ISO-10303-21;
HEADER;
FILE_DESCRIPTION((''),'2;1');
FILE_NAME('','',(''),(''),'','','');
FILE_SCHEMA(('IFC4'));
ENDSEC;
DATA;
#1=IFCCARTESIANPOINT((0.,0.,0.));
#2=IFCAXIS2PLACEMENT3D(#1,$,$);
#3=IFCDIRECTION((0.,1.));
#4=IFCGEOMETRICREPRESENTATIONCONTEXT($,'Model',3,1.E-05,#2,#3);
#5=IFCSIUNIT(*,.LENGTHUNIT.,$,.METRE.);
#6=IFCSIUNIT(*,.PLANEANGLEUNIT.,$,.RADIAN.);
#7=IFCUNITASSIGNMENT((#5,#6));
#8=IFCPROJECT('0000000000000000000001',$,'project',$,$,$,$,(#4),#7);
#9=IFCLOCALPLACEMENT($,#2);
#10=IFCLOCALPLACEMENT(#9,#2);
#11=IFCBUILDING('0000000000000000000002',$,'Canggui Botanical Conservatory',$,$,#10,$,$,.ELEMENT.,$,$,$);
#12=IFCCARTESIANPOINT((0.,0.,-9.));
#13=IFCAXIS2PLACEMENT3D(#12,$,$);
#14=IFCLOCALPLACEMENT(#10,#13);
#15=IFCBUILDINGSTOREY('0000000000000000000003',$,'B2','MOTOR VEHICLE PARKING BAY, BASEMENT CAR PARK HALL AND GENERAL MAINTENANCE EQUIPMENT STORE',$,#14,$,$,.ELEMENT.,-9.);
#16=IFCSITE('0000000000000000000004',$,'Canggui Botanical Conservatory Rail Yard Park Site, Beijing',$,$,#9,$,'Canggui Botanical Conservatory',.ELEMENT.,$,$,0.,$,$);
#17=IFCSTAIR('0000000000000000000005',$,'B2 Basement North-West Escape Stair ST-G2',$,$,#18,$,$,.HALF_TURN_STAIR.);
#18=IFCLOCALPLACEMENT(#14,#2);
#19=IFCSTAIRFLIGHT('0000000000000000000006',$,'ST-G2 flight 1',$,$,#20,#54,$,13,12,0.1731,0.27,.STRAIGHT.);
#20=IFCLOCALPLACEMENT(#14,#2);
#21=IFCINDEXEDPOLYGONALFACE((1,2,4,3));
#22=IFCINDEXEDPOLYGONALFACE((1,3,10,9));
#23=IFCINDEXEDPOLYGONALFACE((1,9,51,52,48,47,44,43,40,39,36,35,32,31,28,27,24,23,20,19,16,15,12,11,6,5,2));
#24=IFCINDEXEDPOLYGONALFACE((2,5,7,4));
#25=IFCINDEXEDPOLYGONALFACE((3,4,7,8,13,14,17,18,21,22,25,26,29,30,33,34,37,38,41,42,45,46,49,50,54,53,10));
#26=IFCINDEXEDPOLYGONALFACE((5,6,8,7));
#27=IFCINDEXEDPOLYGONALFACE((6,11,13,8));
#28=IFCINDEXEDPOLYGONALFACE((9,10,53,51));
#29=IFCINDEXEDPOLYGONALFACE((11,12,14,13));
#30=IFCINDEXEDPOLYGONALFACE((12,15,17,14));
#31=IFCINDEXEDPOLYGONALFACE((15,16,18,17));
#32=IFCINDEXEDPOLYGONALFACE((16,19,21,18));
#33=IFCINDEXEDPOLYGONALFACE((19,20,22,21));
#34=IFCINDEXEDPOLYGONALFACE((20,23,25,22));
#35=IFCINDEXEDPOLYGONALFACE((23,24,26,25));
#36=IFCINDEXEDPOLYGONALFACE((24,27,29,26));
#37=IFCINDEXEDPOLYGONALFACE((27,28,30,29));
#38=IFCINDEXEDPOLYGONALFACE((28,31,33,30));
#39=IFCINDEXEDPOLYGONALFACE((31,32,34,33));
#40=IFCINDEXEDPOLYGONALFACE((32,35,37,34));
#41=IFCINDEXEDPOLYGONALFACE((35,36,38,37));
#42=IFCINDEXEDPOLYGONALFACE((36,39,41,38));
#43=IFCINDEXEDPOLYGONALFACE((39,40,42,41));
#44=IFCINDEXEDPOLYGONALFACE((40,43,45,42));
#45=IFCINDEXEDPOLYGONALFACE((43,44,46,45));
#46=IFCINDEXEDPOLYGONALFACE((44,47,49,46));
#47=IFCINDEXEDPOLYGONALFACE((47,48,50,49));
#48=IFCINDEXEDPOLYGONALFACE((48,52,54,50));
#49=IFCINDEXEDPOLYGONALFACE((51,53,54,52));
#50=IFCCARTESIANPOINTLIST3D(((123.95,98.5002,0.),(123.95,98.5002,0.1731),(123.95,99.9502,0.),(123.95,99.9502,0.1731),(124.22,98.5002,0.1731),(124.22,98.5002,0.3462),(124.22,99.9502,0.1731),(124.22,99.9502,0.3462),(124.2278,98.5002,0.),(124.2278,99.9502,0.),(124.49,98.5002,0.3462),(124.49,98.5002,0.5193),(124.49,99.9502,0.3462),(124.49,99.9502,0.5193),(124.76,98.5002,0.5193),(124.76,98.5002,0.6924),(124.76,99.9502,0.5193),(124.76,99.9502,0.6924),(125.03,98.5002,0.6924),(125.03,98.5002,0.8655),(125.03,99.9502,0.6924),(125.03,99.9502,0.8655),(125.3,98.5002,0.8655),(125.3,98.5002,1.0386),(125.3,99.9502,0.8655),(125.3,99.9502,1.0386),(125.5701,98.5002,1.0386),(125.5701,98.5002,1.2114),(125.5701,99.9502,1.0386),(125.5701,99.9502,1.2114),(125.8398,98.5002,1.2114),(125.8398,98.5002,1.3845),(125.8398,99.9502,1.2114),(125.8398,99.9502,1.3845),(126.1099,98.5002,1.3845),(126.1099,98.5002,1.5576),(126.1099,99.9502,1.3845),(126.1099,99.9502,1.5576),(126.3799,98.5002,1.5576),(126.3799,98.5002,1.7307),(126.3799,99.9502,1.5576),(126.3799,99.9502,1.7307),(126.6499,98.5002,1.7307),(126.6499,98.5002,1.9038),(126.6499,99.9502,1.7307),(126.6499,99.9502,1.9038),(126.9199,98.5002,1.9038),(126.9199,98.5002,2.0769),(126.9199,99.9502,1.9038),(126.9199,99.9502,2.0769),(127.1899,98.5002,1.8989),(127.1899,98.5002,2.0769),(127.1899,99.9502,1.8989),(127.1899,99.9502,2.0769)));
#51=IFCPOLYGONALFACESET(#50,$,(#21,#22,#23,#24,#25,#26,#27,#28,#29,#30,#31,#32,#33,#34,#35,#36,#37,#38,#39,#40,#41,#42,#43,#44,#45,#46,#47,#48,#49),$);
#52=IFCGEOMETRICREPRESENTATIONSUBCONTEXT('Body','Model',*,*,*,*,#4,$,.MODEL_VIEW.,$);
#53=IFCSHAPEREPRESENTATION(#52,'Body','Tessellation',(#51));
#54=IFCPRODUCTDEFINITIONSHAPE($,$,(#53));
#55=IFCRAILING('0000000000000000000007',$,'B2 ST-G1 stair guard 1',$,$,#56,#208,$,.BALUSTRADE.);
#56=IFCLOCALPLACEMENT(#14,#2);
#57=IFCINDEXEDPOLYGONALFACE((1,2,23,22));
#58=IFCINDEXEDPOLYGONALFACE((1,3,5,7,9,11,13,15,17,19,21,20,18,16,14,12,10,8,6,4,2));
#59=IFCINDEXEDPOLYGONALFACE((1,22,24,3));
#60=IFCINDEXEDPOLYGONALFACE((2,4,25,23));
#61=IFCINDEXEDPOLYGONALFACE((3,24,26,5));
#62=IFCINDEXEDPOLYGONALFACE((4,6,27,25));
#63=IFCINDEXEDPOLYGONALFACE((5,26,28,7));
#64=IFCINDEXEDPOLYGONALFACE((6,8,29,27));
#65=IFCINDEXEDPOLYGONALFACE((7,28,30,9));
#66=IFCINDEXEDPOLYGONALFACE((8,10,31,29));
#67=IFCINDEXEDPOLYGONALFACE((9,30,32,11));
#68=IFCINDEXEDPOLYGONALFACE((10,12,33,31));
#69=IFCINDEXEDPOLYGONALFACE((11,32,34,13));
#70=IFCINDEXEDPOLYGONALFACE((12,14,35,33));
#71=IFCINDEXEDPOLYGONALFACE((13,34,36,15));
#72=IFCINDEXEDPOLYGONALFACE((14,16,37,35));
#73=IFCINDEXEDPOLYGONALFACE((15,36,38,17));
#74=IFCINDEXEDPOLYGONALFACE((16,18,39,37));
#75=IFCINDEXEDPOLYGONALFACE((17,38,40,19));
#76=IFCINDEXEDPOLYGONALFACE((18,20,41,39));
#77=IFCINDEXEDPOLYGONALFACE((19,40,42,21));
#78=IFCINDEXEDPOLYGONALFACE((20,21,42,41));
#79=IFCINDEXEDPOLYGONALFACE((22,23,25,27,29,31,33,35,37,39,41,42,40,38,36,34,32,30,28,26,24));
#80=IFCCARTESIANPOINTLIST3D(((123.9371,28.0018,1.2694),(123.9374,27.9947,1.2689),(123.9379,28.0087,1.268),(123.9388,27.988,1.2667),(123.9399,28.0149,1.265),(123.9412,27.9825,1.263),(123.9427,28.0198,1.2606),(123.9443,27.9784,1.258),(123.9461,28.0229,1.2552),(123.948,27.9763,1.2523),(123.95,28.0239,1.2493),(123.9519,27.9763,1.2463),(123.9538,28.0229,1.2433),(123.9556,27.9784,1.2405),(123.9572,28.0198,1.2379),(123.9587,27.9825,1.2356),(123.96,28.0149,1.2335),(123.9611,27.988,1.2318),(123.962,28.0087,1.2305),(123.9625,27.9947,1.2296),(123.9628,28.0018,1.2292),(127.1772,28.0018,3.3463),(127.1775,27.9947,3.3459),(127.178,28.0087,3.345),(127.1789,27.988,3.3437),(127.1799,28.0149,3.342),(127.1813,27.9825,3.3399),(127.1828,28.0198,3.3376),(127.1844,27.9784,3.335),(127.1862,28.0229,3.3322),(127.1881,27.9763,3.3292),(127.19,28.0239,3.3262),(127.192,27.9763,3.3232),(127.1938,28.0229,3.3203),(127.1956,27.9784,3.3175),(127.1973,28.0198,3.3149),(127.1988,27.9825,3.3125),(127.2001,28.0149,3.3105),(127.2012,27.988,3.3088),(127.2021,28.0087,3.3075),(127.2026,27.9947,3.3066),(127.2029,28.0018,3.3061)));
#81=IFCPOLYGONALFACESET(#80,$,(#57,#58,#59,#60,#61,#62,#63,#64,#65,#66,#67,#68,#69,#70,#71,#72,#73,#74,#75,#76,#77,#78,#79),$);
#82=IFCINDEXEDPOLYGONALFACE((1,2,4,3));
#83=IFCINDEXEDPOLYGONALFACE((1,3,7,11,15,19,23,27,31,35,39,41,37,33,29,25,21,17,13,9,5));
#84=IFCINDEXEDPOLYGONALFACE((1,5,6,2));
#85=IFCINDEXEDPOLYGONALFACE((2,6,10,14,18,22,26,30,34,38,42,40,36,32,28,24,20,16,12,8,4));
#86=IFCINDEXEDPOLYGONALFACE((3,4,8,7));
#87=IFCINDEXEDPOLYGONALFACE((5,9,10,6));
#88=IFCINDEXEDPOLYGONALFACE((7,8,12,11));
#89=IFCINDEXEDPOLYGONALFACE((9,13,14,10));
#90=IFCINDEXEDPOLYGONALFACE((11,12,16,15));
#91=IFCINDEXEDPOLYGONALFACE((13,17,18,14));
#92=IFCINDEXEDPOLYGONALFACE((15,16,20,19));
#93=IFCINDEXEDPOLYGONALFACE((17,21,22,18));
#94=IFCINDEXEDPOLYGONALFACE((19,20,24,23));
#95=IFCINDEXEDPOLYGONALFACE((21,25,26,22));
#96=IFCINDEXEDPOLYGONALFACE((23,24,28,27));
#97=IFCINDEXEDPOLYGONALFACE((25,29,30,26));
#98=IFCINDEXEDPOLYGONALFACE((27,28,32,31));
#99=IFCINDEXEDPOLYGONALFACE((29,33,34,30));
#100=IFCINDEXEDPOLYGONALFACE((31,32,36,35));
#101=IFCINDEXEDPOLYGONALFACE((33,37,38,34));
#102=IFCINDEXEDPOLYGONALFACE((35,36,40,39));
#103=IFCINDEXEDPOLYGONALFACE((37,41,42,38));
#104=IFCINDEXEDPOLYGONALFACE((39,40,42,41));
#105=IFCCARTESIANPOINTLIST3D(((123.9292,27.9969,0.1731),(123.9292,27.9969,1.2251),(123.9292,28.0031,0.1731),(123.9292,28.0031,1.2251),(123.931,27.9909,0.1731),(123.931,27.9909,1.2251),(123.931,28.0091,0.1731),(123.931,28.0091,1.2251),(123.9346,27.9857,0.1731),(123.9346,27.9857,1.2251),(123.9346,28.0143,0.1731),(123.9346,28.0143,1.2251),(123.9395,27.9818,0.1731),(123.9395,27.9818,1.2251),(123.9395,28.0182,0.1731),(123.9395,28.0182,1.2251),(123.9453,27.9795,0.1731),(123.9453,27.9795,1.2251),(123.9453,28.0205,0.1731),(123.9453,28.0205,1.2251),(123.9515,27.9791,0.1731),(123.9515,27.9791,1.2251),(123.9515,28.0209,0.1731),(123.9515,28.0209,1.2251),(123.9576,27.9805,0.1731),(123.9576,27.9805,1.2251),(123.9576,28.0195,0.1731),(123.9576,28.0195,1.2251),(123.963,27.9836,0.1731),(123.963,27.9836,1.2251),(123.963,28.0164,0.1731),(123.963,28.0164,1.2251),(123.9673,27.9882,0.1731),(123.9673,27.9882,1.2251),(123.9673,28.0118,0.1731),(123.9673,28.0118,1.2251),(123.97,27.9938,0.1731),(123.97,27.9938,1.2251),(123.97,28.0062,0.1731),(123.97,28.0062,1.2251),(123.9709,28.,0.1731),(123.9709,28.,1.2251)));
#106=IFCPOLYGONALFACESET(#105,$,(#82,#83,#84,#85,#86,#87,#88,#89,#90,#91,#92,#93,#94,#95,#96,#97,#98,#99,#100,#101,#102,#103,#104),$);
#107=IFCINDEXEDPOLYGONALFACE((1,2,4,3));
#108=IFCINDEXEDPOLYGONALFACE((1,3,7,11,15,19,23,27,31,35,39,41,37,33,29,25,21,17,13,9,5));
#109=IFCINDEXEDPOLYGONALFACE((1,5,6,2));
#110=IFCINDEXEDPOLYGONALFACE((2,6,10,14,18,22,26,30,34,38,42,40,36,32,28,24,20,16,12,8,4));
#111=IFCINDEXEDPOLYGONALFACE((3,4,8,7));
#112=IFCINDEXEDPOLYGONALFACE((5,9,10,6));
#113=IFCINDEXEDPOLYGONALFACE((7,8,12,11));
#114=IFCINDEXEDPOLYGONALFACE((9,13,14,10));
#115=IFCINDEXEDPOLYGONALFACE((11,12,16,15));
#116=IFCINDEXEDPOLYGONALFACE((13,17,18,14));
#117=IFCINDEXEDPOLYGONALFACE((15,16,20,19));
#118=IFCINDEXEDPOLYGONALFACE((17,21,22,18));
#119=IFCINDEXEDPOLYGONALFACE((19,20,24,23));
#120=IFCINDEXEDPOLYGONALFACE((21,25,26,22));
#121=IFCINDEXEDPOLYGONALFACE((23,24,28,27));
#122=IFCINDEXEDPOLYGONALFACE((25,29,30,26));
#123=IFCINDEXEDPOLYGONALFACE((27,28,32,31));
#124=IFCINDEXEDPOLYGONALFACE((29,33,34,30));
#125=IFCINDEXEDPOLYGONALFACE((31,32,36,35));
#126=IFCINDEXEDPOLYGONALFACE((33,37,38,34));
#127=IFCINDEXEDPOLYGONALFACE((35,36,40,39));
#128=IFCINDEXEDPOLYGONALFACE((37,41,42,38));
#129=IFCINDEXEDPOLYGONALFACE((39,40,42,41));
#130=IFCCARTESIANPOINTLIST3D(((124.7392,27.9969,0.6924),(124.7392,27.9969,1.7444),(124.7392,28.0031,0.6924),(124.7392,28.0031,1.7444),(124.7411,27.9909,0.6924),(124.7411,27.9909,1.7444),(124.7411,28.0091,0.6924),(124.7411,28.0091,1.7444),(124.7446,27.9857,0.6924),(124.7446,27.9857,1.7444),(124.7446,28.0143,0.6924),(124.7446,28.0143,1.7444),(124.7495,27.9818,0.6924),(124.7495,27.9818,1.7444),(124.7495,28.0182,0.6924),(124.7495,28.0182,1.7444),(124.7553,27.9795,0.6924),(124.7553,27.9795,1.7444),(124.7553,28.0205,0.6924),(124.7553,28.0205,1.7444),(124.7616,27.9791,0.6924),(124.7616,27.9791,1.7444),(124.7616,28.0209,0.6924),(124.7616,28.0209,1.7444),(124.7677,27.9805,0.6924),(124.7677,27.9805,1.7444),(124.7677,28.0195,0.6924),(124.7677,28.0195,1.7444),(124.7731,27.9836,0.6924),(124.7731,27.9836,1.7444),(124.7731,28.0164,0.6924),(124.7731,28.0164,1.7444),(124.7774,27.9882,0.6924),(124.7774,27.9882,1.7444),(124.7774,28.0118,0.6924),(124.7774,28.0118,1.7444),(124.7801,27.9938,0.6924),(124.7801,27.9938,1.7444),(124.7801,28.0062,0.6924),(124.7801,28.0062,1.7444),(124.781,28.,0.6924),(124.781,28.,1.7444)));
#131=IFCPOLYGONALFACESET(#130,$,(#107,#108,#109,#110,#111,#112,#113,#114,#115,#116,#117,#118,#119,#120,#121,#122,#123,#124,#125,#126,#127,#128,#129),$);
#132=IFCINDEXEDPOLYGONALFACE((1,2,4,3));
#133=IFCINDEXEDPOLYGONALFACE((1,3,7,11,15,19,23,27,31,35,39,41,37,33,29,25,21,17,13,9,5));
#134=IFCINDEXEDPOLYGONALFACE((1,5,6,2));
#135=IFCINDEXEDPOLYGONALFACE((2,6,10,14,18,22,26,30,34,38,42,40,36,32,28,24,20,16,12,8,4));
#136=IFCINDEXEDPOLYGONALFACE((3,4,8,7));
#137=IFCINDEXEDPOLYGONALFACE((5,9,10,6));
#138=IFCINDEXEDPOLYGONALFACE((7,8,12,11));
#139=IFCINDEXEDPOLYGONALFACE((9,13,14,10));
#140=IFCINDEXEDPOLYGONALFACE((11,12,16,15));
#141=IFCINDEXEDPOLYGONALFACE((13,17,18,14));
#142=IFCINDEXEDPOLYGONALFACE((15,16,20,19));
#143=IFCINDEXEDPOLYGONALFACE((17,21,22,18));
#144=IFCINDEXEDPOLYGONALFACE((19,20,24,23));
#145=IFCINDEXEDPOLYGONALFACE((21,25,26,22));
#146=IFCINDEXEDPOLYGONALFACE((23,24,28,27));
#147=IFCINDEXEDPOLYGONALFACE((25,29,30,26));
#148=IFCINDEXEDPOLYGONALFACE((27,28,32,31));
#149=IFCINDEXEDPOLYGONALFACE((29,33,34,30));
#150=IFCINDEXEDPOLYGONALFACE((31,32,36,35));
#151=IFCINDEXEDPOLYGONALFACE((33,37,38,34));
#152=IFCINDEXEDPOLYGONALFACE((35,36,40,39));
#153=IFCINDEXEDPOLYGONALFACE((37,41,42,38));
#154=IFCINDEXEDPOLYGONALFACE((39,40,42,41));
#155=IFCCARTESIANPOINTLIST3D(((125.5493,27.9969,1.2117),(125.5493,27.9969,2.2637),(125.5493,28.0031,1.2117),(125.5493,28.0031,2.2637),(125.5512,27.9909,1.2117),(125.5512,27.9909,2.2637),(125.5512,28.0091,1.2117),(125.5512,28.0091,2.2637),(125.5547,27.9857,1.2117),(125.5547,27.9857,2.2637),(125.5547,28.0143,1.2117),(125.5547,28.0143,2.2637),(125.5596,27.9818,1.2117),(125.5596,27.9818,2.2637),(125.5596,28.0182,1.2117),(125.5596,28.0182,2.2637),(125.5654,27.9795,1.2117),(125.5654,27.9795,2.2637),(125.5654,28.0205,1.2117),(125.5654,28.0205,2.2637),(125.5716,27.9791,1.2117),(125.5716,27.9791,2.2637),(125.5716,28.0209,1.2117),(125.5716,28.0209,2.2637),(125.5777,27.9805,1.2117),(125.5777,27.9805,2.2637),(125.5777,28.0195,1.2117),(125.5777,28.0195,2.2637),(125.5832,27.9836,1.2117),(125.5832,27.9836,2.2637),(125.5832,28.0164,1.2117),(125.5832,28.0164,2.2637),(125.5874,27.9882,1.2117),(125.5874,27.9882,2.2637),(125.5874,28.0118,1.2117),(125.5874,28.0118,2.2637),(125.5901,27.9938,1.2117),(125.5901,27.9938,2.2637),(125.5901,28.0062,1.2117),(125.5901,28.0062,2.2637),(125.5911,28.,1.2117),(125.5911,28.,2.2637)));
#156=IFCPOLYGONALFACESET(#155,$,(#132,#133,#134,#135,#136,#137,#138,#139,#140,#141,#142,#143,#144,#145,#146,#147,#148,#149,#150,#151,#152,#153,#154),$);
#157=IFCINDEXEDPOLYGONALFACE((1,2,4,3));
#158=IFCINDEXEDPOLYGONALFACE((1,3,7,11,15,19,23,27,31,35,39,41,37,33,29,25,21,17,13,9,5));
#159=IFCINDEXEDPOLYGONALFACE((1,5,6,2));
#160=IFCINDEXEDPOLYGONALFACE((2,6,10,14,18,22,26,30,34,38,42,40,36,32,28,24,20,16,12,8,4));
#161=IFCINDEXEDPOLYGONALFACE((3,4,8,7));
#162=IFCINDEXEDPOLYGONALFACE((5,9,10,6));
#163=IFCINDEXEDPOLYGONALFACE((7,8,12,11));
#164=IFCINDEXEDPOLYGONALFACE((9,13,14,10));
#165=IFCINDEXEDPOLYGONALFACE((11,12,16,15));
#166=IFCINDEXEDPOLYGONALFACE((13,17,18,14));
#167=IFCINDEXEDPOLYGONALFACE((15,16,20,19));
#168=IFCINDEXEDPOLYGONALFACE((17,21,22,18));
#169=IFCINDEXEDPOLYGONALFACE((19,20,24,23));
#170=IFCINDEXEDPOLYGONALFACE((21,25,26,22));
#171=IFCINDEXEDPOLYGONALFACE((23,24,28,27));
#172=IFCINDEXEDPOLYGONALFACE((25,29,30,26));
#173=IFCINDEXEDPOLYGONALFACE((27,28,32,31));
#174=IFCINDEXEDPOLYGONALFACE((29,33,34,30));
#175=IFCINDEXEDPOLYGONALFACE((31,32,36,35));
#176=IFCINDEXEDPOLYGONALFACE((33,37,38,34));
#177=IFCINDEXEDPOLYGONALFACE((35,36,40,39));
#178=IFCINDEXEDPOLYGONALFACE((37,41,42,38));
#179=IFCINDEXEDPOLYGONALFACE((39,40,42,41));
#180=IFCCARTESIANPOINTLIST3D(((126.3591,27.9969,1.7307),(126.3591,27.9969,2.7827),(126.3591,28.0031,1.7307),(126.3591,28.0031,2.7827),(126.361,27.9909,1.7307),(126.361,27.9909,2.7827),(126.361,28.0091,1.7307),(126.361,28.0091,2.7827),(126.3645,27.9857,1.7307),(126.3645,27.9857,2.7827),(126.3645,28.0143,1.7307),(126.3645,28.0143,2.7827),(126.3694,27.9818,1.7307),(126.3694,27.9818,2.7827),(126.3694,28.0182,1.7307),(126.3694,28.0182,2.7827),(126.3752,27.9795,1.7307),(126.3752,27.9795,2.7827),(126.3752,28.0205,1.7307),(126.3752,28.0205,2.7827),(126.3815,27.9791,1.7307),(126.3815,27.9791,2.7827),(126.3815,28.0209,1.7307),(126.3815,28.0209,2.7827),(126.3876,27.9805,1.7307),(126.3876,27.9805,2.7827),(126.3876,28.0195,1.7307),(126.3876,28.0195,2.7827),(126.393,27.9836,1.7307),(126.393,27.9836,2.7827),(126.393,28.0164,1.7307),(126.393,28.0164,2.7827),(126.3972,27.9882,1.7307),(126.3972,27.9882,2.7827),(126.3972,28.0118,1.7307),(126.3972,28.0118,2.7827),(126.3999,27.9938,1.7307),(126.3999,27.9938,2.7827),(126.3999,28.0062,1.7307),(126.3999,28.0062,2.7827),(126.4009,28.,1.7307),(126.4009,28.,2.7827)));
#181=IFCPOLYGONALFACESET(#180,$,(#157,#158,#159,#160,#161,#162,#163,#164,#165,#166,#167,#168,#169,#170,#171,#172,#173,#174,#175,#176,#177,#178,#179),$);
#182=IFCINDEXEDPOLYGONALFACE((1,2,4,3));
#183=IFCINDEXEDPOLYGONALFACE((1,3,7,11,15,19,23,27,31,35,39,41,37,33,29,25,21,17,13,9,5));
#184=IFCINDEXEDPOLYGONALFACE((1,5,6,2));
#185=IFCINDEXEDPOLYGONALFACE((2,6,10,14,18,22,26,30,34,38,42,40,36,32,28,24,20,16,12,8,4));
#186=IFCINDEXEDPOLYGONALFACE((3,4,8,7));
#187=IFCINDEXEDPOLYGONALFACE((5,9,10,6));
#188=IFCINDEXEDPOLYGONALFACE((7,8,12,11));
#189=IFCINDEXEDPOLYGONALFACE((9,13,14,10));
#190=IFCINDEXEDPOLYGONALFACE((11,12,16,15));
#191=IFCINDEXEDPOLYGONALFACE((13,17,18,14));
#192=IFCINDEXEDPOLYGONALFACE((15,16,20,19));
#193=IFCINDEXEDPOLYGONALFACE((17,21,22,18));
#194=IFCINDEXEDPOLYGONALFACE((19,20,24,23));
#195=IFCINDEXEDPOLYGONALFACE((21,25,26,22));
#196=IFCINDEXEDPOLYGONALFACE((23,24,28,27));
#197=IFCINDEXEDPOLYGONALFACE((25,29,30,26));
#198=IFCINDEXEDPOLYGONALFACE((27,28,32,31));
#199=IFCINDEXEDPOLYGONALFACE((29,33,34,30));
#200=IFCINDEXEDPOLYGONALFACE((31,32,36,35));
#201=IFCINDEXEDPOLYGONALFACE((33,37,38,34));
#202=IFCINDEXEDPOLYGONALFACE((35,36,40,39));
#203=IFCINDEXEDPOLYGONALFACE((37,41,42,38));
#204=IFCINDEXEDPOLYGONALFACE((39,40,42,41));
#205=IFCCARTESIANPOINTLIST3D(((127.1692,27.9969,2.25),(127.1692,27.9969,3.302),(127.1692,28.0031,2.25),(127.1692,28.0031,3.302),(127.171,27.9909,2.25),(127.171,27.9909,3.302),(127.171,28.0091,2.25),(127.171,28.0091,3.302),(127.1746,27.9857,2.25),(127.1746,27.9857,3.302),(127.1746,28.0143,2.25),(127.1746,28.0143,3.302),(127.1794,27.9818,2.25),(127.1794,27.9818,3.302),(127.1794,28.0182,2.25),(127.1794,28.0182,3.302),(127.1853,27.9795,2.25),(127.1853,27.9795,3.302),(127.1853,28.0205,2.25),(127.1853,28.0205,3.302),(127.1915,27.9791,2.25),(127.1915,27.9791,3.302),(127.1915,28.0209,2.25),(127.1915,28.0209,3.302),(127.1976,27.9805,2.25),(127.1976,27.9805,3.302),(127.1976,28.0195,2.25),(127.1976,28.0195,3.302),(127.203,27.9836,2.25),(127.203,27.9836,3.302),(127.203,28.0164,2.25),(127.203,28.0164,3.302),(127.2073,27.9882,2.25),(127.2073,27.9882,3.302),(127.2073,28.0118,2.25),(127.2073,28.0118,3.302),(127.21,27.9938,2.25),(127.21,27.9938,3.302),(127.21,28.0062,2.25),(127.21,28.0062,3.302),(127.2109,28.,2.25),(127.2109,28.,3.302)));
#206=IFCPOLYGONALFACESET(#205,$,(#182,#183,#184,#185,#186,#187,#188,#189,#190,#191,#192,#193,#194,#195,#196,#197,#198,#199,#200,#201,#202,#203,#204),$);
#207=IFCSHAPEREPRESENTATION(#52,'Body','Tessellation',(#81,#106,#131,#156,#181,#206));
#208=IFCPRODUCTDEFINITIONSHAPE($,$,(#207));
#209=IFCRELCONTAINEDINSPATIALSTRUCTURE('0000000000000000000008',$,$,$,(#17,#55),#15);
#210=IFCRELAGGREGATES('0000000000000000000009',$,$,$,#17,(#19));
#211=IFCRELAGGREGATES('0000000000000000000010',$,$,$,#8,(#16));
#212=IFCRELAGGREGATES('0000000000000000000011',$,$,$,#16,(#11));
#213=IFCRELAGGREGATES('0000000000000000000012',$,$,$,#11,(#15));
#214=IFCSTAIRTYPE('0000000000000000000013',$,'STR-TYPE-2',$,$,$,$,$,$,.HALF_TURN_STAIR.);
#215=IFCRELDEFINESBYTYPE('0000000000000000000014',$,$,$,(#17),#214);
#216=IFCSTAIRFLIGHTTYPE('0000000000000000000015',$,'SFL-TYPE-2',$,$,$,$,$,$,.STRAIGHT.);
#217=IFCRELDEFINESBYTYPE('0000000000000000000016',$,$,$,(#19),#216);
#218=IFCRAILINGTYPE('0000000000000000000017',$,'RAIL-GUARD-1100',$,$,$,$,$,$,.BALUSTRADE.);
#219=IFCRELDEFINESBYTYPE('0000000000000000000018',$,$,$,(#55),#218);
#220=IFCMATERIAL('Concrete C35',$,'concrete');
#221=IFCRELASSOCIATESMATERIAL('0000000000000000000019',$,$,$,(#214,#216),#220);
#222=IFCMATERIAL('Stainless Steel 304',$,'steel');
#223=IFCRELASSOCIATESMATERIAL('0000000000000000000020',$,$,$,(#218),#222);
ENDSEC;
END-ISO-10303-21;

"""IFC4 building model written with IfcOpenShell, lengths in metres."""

from ifc_helpers import new_model, si_unit, direction, frame, origin, origin_2d, place, context, subcontext, project, spatial, polyline, circle, outline, extrude, material, type_object, element, aggregate, save


model = new_model("IFC4")

# Units and contexts
model_context = context("Model", 3, precision=1e-05, world=origin(), true_north=direction((0.0, 1.0)))
body_context = subcontext(model_context, "Body", "Model", "MODEL_VIEW")
ifc_project = project(units=[si_unit("LENGTHUNIT", "METRE"), si_unit("PLANEANGLEUNIT", "RADIAN")], contexts=[model_context])

# Site, building, storey
site_placement = place(None, origin())
site = spatial("IfcSite", under=ifc_project, at=site_placement, Name="Canggui Botanical Conservatory Rail Yard Park Site, Beijing", LongName="Canggui Botanical Conservatory", CompositionType="ELEMENT", RefElevation=0.0)
building_placement = place(site_placement, origin())
building = spatial("IfcBuilding", under=site, at=building_placement, Name="Canggui Botanical Conservatory", CompositionType="ELEMENT")
storey_placement = place(building_placement, frame((0.0, 0.0, -9.0)))
storey = spatial("IfcBuildingStorey", under=building, at=storey_placement, Name="B2", Description="MOTOR VEHICLE PARKING BAY, BASEMENT CAR PARK HALL AND GENERAL MAINTENANCE EQUIPMENT STORE", CompositionType="ELEMENT", Elevation=-9.0)

# Shared definitions
ifc_material_1 = material(Name="Concrete C35", Category="concrete")

# Stair, stair flight
stair_type = type_object("IfcStairType", Name="STR-TYPE-2", PredefinedType="HALF_TURN_STAIR", material=ifc_material_1)
stair_flight_type = type_object("IfcStairFlightType", Name="SFL-TYPE-2", PredefinedType="STRAIGHT", material=ifc_material_1)
stair_1_placement = place(storey_placement, origin())
stair_1 = element("IfcStair", 1, at=stair_1_placement, inside=storey, type_object=stair_type, Name="B2 Basement North-West Escape Stair ST-G2", PredefinedType="HALF_TURN_STAIR")
stair_flight_1_placement = place(storey_placement, frame((123.95, 99.2251, 0.0), z_axis=(0.0, 0.0, 1.0), x_axis=(1.0, 0.0, 0.0)))
stair_flight_1 = element("IfcStairFlight", 2, at=stair_flight_1_placement, type_object=stair_flight_type, Name="ST-G2 flight 1", NumberOfRisers=13, NumberOfTreads=12, PredefinedType="STRAIGHT", RiserHeight=0.1731, TreadLength=0.27, context=body_context, shape_type="SweptSolid", body=[
    extrude(outline(polyline([(0.0, 0.0), (0.0, 0.1731), (0.27, 0.1731), (0.27, 0.3462), (0.54, 0.3462), (0.54, 0.5193), (0.8101, 0.5193), (0.8101, 0.6924), (1.0801, 0.6924), (1.0801, 0.8655), (1.3501, 0.8655), (1.3501, 1.0386), (1.6201, 1.0386), (1.6201, 1.2114), (1.8899, 1.2114), (1.8899, 1.3845), (2.1599, 1.3845), (2.1599, 1.5576), (2.4299, 1.5576), (2.4299, 1.7307), (2.7, 1.7307), (2.7, 1.9038), (2.97, 1.9038), (2.97, 2.0769), (3.24, 2.0769), (3.24, 2.25), (3.24, 1.8989), (0.2778, 0.0), (0.0, 0.0)])), frame((0.0, 0.7251, 0.0), z_axis=(0.0, -1.0, 0.0), x_axis=(1.0, 0.0, 0.0)), (0.0, 0.0, 1.0), 1.45),
])
aggregate(stair_1, [stair_flight_1])

# Railing
ifc_material_2 = material(Name="Stainless Steel 304", Category="steel")
railing_type_1 = type_object("IfcRailingType", Name="RAIL-GUARD-1100", PredefinedType="BALUSTRADE", material=ifc_material_2)
railing_1_placement = place(storey_placement, frame((123.95, 28.0, 0.1731)))
element("IfcRailing", 3, at=railing_1_placement, inside=storey, type_object=railing_type_1, Name="B2 ST-G1 stair guard 1", PredefinedType="BALUSTRADE", context=body_context, shape_type="SweptSolid", body=[
    extrude(circle(Radius=0.0239, at=origin_2d()), frame((0.0, 0.0, 1.0762), z_axis=(0.841881, 0.0, 0.539664), x_axis=(0.0, 1.0, 0.0)), (0.0, 0.0, 1.0), 3.8486),
    extrude(circle(Radius=0.021, at=origin_2d()), origin(), (0.0, 0.0, 1.0), 1.052),
    extrude(circle(Radius=0.021, at=origin_2d()), frame((0.8101, 0.0, 0.5193)), (0.0, 0.0, 1.0), 1.052),
    extrude(circle(Radius=0.021, at=origin_2d()), frame((1.6201, 0.0, 1.0386)), (0.0, 0.0, 1.0), 1.052),
    extrude(circle(Radius=0.021, at=origin_2d()), frame((2.4299, 0.0, 1.5576)), (0.0, 0.0, 1.0), 1.052),
    extrude(circle(Radius=0.021, at=origin_2d()), frame((3.24, 0.0, 2.0769)), (0.0, 0.0, 1.0), 1.052),
])

save(model, "model.ifc")
